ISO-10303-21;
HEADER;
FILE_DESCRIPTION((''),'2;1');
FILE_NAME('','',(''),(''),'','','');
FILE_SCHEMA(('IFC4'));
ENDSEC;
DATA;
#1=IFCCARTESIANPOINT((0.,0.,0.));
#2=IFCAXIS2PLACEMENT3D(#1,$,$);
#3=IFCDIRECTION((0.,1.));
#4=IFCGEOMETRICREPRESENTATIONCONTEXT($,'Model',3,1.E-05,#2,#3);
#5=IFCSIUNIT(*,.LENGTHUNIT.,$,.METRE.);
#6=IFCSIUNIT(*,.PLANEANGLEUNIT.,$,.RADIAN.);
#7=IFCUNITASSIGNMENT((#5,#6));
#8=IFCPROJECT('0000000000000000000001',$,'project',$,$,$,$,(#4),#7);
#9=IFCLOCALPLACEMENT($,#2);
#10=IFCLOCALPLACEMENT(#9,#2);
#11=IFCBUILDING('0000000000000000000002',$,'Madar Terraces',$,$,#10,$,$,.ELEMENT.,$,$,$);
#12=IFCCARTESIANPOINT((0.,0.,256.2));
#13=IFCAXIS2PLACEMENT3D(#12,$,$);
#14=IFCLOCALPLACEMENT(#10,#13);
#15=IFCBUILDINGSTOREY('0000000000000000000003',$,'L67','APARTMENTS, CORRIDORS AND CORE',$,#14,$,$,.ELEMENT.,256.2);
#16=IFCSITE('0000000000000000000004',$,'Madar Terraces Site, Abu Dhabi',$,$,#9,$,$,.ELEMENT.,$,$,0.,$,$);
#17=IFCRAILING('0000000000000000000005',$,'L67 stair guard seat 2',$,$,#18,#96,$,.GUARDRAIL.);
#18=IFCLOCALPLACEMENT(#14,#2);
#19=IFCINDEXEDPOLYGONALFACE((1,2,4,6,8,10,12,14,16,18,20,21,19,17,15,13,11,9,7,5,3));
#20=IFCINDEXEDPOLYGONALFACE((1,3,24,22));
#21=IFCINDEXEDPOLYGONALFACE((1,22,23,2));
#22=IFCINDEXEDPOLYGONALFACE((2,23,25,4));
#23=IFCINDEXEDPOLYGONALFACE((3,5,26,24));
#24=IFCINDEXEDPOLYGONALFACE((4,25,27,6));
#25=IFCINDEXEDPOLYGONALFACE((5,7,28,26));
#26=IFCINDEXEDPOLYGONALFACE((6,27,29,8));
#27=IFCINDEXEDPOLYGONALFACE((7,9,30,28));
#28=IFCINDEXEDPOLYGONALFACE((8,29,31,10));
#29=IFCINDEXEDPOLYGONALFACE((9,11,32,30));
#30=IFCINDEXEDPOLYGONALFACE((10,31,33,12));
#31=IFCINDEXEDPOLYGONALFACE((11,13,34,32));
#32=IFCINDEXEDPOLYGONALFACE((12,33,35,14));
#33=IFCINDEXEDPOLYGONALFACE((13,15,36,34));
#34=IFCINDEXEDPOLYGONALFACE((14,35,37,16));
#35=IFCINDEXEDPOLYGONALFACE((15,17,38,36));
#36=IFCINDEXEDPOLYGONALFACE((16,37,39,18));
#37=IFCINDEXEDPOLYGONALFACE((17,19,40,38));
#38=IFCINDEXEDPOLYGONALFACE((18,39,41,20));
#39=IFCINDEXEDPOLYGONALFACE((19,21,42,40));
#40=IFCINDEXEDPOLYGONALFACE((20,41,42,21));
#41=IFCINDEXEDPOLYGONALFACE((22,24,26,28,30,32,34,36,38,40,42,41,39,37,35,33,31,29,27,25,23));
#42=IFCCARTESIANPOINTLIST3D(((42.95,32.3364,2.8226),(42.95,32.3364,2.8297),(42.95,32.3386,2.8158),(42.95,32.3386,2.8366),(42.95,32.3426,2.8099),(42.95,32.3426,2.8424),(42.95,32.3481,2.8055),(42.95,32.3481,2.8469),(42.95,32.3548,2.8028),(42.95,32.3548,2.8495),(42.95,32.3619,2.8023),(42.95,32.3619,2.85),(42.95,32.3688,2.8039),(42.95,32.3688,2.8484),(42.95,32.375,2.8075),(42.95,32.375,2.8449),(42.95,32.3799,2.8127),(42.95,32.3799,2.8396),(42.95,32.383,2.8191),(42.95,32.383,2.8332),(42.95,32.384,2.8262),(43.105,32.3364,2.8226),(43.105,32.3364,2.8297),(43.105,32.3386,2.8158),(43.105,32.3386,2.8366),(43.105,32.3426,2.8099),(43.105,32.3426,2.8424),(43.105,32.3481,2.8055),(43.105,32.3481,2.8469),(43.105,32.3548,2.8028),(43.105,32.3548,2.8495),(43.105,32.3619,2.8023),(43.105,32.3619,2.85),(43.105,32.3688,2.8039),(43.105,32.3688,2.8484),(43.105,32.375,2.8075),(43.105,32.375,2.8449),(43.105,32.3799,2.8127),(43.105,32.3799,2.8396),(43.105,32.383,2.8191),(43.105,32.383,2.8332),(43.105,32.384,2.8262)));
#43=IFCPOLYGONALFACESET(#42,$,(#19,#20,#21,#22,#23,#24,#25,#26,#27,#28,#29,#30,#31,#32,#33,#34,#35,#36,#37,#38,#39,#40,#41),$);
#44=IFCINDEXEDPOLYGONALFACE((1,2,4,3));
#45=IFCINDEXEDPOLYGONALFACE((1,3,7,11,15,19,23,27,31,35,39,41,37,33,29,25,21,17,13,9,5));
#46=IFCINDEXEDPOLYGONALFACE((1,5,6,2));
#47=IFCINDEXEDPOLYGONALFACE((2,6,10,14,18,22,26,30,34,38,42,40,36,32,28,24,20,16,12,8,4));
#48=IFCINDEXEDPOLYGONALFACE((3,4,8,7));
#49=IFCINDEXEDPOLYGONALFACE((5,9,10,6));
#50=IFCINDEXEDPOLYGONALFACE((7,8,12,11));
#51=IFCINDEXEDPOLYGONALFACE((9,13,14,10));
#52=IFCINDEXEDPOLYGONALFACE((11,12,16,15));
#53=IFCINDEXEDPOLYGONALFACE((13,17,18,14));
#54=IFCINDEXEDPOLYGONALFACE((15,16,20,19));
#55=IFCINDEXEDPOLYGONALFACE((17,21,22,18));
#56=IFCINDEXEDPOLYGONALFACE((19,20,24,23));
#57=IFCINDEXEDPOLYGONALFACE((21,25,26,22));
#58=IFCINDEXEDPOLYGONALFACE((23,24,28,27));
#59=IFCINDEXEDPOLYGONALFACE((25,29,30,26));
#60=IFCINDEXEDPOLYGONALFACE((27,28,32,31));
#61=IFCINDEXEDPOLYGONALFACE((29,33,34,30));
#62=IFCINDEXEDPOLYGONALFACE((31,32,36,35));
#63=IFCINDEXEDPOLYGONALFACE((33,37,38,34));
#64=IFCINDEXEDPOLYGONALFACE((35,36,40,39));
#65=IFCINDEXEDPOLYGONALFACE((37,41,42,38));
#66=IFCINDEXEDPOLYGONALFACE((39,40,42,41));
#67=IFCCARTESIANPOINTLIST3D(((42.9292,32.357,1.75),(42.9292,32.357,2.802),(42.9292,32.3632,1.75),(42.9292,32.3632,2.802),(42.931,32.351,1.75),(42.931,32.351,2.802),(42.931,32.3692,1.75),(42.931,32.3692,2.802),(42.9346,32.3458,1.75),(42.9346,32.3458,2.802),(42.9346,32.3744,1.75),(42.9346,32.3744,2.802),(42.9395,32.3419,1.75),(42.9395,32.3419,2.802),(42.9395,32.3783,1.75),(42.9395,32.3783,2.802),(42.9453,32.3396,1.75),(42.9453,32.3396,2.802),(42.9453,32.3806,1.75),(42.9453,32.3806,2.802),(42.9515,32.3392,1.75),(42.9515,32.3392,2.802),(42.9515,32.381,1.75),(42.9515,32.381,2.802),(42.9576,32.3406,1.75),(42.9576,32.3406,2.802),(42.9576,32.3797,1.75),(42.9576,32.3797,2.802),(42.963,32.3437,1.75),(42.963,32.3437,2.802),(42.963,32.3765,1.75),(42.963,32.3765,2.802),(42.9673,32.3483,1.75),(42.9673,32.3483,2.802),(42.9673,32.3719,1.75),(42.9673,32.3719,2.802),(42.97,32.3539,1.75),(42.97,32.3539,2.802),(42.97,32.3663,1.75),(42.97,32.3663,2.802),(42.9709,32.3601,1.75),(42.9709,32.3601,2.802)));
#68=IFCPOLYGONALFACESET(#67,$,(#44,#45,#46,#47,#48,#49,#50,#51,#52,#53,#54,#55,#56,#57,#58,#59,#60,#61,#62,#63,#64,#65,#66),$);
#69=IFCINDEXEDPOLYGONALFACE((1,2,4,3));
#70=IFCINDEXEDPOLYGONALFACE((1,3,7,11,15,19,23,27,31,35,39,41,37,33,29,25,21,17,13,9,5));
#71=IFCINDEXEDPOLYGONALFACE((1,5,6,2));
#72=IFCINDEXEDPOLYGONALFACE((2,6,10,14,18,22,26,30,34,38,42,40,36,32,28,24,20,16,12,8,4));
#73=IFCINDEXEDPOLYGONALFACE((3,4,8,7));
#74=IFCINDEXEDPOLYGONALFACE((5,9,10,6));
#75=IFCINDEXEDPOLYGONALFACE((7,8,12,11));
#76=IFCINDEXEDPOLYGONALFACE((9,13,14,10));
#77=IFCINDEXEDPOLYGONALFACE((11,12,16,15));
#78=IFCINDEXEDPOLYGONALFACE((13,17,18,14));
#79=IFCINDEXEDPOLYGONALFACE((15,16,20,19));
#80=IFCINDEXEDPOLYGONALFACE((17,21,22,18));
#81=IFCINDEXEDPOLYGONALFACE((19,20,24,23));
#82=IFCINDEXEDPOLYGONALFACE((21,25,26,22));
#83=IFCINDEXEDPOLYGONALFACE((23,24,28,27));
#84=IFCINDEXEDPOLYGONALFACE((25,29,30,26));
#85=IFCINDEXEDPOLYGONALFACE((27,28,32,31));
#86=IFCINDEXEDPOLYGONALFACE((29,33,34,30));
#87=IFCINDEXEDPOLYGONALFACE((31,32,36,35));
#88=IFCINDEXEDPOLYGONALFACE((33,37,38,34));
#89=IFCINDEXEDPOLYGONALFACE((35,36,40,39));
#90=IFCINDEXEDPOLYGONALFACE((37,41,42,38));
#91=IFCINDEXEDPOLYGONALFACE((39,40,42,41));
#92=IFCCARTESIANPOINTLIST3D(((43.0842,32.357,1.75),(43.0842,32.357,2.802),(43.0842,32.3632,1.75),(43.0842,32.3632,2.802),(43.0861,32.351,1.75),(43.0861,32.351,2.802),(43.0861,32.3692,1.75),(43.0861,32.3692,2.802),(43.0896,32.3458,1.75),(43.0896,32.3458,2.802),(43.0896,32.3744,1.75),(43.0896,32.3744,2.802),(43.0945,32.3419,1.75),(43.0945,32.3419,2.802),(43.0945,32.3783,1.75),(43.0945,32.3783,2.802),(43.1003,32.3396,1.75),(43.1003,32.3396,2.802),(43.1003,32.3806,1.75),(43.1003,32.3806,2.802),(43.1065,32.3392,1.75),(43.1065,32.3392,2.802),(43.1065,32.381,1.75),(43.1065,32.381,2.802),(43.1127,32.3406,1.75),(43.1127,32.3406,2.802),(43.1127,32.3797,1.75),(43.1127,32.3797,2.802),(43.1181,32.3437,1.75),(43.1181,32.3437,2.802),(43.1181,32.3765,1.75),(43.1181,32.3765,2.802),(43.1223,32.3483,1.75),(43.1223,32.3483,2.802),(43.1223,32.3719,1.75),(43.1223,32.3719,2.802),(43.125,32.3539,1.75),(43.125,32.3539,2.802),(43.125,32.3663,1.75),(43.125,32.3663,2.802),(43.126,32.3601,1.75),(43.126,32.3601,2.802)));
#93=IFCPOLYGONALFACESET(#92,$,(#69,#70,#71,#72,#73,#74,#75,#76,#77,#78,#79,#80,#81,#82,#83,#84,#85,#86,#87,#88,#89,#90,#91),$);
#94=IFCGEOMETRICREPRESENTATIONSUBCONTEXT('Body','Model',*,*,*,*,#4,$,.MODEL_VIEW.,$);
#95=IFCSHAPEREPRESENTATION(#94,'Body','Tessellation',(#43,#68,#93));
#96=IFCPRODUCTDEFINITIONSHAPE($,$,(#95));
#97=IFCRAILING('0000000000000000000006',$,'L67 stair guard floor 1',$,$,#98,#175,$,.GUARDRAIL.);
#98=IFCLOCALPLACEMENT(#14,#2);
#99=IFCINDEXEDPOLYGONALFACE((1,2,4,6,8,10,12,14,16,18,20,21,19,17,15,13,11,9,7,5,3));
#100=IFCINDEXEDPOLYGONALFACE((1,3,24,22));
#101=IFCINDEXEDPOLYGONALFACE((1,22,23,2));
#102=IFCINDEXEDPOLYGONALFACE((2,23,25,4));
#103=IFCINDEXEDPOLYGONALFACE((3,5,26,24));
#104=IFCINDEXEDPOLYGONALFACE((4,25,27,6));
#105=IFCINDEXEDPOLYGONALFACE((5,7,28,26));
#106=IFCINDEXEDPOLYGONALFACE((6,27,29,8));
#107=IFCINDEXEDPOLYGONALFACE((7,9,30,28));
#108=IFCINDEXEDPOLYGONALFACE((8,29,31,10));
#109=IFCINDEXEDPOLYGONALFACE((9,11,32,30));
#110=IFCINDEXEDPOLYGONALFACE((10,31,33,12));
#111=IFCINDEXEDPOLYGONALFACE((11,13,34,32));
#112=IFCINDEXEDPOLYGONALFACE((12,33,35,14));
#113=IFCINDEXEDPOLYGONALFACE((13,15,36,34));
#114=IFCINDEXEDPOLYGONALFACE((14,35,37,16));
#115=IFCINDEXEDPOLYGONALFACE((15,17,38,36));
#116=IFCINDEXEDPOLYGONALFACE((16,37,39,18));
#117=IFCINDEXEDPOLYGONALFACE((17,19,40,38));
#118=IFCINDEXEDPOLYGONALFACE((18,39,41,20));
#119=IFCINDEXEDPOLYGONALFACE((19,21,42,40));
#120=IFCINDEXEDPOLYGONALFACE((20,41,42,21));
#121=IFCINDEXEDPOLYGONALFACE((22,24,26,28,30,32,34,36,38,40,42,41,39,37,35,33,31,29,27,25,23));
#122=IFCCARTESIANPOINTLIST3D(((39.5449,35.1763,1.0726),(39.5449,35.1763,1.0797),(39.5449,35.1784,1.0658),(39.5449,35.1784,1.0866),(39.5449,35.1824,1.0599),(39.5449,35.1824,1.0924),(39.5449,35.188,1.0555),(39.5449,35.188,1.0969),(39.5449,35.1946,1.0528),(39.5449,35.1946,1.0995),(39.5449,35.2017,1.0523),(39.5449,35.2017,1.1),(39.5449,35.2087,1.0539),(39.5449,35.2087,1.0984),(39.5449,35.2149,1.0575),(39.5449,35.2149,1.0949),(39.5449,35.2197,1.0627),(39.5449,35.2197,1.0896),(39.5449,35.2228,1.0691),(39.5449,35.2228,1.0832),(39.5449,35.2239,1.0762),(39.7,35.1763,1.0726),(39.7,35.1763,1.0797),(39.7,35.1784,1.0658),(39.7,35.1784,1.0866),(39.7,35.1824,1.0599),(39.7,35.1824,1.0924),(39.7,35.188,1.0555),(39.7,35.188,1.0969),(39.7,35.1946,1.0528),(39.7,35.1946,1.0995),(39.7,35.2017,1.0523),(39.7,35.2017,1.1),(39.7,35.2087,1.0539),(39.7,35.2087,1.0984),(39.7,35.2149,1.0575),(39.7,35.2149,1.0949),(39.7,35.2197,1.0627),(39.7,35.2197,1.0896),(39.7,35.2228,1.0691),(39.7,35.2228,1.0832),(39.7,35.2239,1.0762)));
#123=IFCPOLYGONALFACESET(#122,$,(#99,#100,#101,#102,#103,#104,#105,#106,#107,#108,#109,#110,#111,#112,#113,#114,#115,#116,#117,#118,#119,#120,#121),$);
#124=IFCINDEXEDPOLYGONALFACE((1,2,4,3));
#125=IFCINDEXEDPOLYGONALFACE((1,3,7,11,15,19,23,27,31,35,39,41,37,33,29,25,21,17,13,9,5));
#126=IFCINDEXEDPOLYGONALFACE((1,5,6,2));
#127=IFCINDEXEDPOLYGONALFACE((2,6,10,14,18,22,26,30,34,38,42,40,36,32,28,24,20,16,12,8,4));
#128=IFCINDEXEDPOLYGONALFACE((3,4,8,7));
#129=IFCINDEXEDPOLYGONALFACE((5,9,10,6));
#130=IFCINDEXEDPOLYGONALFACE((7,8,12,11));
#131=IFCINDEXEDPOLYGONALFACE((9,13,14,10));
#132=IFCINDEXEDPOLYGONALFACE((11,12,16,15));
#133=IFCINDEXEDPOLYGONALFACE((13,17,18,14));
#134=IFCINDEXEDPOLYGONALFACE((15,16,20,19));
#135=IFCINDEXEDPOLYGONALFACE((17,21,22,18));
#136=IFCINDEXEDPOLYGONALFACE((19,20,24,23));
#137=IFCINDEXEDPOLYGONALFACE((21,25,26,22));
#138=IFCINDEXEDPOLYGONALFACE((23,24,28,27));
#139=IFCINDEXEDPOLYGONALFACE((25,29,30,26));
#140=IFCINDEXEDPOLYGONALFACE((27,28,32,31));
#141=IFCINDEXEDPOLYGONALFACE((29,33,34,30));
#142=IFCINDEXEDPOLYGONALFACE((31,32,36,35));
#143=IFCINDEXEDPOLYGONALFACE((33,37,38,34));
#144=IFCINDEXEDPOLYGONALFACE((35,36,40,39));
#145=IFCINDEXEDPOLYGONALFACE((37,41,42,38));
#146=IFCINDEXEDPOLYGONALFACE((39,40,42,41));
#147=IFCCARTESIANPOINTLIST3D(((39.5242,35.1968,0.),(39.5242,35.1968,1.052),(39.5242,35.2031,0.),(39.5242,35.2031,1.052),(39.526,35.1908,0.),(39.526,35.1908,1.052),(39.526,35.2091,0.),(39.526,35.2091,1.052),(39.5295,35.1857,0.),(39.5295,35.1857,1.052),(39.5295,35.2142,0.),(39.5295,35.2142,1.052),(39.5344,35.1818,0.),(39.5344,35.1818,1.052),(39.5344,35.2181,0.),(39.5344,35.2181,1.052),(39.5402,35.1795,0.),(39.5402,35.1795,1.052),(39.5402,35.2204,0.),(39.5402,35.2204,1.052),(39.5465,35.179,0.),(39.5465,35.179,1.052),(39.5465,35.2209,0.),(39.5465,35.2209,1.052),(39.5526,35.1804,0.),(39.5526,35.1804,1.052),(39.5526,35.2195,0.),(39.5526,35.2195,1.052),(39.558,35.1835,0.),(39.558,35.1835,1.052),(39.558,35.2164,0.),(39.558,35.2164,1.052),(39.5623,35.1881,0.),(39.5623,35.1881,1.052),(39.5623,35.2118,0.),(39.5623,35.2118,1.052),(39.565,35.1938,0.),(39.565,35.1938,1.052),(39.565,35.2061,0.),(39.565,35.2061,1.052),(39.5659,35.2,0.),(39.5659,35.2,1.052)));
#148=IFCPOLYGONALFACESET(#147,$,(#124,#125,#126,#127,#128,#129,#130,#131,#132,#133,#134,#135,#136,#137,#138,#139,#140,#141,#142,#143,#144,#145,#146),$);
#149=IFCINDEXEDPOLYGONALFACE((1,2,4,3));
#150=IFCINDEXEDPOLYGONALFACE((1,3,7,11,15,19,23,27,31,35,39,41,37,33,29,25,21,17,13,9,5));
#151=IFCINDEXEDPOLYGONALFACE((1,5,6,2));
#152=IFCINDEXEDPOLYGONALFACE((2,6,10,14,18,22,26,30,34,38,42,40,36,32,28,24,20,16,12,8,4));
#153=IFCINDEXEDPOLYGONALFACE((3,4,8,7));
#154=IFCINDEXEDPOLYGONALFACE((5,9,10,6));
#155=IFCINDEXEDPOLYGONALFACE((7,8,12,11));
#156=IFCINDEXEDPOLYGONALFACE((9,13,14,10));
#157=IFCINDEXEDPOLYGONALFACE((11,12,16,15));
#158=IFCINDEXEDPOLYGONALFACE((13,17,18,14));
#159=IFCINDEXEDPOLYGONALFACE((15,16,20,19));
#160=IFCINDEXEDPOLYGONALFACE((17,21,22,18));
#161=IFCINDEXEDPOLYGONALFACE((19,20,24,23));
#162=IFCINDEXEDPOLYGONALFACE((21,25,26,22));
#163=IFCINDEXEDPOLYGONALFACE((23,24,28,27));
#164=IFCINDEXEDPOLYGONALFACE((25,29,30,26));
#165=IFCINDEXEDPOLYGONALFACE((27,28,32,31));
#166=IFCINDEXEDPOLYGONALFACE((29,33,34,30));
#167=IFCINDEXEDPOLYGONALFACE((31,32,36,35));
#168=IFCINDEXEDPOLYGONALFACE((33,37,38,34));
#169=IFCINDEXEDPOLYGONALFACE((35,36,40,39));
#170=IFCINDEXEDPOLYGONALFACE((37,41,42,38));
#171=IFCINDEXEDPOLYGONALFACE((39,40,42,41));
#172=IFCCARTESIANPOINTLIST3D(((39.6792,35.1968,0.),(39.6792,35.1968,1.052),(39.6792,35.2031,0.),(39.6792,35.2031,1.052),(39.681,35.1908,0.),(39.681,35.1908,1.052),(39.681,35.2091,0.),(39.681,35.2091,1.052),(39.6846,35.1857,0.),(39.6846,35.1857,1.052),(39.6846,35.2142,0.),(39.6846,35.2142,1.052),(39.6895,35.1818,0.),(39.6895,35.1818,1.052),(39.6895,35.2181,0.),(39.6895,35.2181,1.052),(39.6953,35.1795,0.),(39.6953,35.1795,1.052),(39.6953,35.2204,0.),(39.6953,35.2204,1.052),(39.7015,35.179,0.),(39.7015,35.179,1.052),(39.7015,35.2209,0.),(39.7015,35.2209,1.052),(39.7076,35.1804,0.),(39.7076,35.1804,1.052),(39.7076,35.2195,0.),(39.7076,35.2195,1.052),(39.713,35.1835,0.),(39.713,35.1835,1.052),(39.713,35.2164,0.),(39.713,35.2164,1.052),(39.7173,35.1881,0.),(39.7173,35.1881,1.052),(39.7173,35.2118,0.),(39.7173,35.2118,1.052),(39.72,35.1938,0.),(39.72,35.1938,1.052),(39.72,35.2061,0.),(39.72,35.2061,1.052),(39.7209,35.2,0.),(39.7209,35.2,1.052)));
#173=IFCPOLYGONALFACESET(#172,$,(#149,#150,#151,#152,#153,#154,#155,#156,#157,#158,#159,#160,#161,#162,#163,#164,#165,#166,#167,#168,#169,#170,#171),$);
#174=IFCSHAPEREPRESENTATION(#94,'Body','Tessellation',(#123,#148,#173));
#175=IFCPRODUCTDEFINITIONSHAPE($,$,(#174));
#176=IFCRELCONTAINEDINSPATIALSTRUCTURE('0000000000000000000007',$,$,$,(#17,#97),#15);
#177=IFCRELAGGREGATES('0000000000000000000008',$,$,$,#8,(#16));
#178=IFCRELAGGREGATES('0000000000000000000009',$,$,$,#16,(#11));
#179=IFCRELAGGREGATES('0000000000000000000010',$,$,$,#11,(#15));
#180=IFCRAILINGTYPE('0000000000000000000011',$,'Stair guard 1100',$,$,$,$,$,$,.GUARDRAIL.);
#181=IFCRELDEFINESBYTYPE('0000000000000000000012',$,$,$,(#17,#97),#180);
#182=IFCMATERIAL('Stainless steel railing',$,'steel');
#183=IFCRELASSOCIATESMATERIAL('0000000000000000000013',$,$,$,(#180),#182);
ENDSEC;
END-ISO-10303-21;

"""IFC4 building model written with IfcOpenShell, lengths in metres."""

from ifc_helpers import new_model, si_unit, direction, frame, origin, origin_2d, place, context, subcontext, project, spatial, circle, extrude, material, type_object, element, save


model = new_model("IFC4")

# Units and contexts
model_context = context("Model", 3, precision=1e-05, world=origin(), true_north=direction((0.0, 1.0)))
body_context = subcontext(model_context, "Body", "Model", "MODEL_VIEW")
ifc_project = project(units=[si_unit("LENGTHUNIT", "METRE"), si_unit("PLANEANGLEUNIT", "RADIAN")], contexts=[model_context])

# Site, building, storey
site_placement = place(None, origin())
site = spatial("IfcSite", under=ifc_project, at=site_placement, Name="Madar Terraces Site, Abu Dhabi", CompositionType="ELEMENT", RefElevation=0.0)
building_placement = place(site_placement, origin())
building = spatial("IfcBuilding", under=site, at=building_placement, Name="Madar Terraces", CompositionType="ELEMENT")
storey_placement = place(building_placement, frame((0.0, 0.0, 256.2)))
storey = spatial("IfcBuildingStorey", under=building, at=storey_placement, Name="L67", Description="APARTMENTS, CORRIDORS AND CORE", CompositionType="ELEMENT", Elevation=256.2)

# Railings
ifc_material_1 = material(Name="Stainless steel railing", Category="steel")
railing_type_1 = type_object("IfcRailingType", Name="Stair guard 1100", PredefinedType="GUARDRAIL", material=ifc_material_1)
for number, where, name in (
    (1, (42.95, 32.3601, 1.75), "L67 stair guard seat 2"),
    (2, (39.5449, 35.2, 0.0), "L67 stair guard floor 1"),
):
    element("IfcRailing", number, at=place(storey_placement, frame(where)), inside=storey, type_object=railing_type_1, Name=name, PredefinedType="GUARDRAIL", context=body_context, shape_type="SweptSolid", body=[
        extrude(circle(Radius=0.0239, at=origin_2d()), frame((0.0, 0.0, 1.0762), z_axis=(1.0, 0.0, 0.0), x_axis=(0.0, 1.0, 0.0)), (0.0, 0.0, 1.0), 0.155),
        extrude(circle(Radius=0.021, at=origin_2d()), origin(), (0.0, 0.0, 1.0), 1.052),
        extrude(circle(Radius=0.021, at=origin_2d()), frame((0.155, 0.0, 0.0)), (0.0, 0.0, 1.0), 1.052),
    ])

save(model, "model.ifc")
